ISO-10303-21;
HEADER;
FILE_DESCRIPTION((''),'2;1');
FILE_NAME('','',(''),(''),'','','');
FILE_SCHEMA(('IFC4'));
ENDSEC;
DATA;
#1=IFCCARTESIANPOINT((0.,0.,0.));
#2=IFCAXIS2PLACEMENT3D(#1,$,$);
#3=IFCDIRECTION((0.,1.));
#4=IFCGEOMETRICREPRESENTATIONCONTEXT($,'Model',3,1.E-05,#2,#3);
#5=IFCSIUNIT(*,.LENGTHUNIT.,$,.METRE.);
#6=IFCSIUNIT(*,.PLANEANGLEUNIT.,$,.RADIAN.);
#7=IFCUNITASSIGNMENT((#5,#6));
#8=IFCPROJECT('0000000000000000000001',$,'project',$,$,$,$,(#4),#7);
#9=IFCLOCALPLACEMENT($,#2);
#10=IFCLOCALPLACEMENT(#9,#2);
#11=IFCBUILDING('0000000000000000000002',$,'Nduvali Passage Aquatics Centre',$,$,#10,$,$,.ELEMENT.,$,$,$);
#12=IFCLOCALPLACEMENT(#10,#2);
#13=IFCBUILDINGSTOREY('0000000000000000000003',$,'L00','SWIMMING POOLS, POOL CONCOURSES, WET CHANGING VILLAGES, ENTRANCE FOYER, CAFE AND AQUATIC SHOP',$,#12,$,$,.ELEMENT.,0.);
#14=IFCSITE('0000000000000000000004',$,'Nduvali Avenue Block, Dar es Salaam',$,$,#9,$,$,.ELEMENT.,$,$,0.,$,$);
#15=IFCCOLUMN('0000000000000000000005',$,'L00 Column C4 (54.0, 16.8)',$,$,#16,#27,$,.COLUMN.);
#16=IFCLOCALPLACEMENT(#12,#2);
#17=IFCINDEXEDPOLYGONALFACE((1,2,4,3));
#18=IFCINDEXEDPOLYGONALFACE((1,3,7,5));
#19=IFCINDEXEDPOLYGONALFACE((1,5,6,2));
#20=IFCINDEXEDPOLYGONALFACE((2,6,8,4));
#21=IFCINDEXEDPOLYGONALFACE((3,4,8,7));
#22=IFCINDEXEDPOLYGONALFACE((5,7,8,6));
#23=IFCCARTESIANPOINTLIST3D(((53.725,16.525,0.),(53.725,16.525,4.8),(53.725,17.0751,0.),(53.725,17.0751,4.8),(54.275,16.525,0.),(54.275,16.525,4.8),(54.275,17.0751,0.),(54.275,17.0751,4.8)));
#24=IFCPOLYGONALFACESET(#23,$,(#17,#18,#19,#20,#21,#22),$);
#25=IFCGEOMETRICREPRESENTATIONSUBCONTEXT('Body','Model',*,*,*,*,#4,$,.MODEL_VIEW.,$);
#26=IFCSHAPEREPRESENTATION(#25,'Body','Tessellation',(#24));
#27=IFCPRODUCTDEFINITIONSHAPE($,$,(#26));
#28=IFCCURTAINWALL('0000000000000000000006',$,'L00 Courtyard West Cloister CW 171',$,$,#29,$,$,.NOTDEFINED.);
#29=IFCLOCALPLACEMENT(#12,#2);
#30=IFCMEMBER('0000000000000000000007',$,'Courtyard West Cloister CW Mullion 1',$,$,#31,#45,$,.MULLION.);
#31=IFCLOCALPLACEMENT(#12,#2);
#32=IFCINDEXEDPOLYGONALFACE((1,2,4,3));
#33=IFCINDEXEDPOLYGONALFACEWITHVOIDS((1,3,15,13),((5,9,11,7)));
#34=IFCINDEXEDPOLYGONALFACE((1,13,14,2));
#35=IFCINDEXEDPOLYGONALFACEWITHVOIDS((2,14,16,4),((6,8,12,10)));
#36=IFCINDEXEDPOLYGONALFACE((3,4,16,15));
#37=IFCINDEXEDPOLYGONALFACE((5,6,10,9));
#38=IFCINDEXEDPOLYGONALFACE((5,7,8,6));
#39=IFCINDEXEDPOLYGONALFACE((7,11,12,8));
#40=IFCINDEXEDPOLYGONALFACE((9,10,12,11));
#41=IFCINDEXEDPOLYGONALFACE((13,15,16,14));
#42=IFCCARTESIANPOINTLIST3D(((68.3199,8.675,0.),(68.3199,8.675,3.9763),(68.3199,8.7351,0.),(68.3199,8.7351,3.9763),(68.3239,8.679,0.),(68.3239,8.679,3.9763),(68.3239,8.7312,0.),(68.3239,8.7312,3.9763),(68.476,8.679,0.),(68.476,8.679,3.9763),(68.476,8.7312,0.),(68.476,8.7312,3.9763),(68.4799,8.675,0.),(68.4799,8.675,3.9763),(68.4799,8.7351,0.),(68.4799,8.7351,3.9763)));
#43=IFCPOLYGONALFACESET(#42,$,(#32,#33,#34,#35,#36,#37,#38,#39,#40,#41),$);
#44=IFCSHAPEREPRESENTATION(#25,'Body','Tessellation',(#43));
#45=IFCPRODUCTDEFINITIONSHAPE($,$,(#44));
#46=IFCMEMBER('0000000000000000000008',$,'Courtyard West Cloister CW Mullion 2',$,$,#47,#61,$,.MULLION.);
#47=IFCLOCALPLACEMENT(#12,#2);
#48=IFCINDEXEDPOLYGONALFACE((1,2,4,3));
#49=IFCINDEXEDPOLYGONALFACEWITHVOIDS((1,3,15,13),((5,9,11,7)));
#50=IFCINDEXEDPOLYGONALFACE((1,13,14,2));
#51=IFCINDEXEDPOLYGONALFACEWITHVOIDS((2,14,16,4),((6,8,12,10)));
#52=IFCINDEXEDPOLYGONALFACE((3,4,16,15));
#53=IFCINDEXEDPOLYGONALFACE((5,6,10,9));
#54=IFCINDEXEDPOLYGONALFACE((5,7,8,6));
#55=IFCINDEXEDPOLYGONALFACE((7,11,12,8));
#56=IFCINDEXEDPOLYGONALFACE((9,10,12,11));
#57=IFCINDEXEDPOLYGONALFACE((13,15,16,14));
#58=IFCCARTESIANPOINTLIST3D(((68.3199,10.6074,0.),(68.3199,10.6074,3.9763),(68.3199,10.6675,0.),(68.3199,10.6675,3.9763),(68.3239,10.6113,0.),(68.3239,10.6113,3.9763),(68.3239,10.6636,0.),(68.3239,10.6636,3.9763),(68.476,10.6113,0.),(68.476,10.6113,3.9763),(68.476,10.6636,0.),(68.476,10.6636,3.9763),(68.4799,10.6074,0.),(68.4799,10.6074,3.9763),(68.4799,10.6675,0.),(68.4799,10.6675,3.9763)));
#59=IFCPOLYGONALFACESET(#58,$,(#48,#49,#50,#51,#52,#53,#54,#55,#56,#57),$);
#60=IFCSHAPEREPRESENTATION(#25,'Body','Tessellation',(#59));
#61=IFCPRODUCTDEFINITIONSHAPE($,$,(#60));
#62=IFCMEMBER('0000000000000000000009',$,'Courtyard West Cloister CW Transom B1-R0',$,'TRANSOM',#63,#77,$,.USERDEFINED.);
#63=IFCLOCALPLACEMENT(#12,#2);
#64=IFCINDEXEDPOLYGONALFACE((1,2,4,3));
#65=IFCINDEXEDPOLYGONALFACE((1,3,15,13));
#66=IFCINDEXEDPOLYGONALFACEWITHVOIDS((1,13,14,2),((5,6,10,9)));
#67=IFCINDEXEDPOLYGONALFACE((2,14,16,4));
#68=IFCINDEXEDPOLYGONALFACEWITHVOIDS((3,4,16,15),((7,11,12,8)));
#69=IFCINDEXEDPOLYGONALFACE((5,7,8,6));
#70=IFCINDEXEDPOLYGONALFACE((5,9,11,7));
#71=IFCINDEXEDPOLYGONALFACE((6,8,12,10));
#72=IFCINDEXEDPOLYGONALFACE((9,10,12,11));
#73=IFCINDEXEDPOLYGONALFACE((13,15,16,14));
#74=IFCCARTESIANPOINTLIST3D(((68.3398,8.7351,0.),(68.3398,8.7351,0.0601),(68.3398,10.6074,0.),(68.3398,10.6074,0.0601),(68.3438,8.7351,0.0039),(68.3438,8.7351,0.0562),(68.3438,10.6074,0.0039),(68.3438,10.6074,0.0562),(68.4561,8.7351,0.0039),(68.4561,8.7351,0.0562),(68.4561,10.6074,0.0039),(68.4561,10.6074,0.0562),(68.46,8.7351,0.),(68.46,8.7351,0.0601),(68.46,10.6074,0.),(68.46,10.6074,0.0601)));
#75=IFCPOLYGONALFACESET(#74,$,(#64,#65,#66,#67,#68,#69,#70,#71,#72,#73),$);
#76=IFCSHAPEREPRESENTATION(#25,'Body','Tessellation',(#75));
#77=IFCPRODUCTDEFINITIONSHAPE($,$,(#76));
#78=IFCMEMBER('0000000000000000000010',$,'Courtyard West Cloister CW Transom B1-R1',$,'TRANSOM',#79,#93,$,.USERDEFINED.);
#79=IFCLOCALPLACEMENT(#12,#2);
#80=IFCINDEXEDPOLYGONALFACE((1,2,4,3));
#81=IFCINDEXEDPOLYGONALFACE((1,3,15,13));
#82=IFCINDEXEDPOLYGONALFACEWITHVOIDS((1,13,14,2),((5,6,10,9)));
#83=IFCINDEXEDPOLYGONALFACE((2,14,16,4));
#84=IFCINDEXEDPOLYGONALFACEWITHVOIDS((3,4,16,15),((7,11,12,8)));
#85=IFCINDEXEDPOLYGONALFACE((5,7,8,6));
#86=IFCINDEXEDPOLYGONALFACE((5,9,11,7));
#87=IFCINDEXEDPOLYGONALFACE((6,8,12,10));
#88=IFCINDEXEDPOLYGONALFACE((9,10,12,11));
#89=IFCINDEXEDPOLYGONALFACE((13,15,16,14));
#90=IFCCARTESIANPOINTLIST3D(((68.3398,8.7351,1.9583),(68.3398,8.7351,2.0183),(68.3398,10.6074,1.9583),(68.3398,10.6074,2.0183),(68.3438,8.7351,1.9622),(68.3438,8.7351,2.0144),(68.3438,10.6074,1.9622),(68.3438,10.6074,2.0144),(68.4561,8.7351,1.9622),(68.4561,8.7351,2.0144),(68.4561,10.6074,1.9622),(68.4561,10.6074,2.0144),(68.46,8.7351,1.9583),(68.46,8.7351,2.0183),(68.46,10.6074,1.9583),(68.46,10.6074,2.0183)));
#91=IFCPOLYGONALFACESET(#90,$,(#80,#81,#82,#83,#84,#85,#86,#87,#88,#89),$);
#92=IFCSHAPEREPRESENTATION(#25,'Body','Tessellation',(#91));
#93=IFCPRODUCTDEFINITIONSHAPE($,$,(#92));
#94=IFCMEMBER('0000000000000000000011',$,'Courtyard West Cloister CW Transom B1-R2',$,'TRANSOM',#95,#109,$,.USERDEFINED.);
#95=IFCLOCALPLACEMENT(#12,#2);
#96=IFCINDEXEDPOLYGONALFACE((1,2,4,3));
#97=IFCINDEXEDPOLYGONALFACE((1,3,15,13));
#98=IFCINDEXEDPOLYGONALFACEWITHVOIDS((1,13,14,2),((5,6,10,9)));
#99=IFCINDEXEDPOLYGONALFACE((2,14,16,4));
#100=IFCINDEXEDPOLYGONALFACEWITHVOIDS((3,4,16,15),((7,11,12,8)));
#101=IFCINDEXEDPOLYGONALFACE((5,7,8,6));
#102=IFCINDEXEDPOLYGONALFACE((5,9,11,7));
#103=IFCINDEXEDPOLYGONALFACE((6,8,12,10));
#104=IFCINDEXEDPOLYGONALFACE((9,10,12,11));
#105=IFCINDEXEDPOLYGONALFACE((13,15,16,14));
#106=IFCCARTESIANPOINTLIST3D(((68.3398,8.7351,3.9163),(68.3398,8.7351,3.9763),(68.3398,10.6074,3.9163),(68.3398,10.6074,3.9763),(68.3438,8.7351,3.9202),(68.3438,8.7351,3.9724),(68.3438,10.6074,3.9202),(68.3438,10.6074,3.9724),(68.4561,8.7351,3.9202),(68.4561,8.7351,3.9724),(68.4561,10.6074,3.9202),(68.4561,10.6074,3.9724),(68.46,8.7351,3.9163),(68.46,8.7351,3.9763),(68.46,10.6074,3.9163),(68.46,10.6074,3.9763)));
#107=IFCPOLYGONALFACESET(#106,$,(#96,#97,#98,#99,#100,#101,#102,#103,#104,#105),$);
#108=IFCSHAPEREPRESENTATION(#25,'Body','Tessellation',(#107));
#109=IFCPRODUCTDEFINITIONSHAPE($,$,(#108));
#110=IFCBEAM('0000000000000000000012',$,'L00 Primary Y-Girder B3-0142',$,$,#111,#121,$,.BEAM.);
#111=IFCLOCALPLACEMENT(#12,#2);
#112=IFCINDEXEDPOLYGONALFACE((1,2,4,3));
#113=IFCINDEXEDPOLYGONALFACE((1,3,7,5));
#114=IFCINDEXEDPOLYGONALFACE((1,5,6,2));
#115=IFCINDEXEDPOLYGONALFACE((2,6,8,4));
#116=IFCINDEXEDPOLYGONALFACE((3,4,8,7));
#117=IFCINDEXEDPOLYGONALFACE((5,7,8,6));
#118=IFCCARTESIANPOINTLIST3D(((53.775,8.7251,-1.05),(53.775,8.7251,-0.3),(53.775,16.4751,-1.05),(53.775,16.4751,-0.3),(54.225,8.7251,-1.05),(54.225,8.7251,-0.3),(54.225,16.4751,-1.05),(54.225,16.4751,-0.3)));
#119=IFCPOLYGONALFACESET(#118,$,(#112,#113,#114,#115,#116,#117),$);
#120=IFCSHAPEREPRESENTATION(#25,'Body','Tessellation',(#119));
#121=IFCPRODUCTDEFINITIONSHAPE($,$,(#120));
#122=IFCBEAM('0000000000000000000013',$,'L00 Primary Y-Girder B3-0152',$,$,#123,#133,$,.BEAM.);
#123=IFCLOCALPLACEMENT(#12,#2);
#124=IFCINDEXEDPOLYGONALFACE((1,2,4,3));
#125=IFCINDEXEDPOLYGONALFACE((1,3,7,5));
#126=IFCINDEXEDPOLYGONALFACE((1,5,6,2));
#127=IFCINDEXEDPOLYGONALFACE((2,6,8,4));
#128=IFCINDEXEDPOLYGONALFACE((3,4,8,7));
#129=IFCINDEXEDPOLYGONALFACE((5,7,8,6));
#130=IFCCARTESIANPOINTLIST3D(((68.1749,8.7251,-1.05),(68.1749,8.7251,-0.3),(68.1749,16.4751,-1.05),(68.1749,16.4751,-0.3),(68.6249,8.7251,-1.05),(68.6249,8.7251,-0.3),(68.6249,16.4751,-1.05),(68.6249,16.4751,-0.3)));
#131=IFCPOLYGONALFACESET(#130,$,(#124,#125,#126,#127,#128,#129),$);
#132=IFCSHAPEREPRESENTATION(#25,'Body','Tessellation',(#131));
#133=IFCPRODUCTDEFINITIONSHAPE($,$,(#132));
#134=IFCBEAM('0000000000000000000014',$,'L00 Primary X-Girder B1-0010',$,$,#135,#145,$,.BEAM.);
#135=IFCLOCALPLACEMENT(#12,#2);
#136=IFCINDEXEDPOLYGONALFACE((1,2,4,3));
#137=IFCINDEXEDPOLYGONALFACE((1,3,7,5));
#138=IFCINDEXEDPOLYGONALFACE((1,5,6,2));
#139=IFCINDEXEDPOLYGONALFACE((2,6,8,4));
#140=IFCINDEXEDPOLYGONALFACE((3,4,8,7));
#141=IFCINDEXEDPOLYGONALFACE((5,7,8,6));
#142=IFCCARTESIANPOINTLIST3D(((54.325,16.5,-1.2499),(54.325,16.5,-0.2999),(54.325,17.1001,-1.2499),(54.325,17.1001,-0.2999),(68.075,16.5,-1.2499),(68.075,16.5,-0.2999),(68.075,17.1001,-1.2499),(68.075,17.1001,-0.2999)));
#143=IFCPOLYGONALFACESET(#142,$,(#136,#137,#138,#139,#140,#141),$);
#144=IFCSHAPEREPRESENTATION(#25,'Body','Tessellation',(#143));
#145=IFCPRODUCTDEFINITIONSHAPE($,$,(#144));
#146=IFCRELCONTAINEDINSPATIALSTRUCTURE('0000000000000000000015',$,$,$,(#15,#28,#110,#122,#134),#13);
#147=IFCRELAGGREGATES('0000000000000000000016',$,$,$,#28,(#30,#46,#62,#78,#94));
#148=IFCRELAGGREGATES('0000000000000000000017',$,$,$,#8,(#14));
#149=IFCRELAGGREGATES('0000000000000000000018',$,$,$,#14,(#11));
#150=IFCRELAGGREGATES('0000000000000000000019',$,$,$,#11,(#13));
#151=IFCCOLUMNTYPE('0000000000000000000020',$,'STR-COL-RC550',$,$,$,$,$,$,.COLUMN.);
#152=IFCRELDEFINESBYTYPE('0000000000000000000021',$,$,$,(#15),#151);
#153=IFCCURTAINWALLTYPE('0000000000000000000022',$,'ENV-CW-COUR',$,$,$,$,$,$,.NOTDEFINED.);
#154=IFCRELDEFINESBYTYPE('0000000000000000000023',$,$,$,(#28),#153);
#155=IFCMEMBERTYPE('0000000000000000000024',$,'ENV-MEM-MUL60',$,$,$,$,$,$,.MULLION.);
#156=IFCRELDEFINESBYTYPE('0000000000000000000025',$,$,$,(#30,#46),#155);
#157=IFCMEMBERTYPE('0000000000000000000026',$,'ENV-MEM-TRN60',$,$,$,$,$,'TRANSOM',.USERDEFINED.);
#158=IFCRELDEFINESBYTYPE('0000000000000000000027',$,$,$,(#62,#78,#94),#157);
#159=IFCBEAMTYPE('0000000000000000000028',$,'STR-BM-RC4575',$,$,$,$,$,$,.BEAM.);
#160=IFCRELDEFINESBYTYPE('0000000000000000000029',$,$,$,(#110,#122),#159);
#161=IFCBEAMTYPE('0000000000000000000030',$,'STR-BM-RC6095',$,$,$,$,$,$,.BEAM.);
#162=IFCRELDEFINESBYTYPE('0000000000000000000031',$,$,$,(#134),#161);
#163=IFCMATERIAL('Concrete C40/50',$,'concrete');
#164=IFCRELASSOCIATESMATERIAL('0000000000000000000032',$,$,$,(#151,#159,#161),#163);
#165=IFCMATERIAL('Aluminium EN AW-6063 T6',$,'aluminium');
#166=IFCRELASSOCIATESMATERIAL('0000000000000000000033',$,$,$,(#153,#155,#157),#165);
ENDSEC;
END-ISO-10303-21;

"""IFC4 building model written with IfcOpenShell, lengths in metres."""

from ifc_helpers import new_model, si_unit, direction, frame, origin, origin_2d, place, context, subcontext, project, spatial, rectangle, hollow_rectangle, extrude, material, material_profile, profile_set, type_object, element, aggregate, save


model = new_model("IFC4")

# Units and contexts
model_context = context("Model", 3, precision=1e-05, world=origin(), true_north=direction((0.0, 1.0)))
body_context = subcontext(model_context, "Body", "Model", "MODEL_VIEW")
ifc_project = project(units=[si_unit("LENGTHUNIT", "METRE"), si_unit("PLANEANGLEUNIT", "RADIAN")], contexts=[model_context])

# Site, building, storey
site_placement = place(None, origin())
site = spatial("IfcSite", under=ifc_project, at=site_placement, Name="Nduvali Avenue Block, Dar es Salaam", CompositionType="ELEMENT", RefElevation=0.0)
building_placement = place(site_placement, origin())
building = spatial("IfcBuilding", under=site, at=building_placement, Name="Nduvali Passage Aquatics Centre", CompositionType="ELEMENT")
storey_placement = place(building_placement, origin())
storey = spatial("IfcBuildingStorey", under=building, at=storey_placement, Name="L00", Description="SWIMMING POOLS, POOL CONCOURSES, WET CHANGING VILLAGES, ENTRANCE FOYER, CAFE AND AQUATIC SHOP", CompositionType="ELEMENT", Elevation=0.0)

# Column
ifc_material_1 = material(Name="Concrete C40/50", Category="concrete")
ifc_material_profile_1 = material_profile(ifc_material_1, rectangle(XDim=0.55, YDim=0.55, at=origin_2d()), Name="RC 550x550")
ifc_profile_set_1 = profile_set([ifc_material_profile_1], Name="Concrete C40/50")
column_type = type_object("IfcColumnType", Name="STR-COL-RC550", PredefinedType="COLUMN", material=ifc_profile_set_1)
column_placement = place(storey_placement, frame((54.0, 16.8, 0.0), z_axis=(0.0, 0.0, 1.0), x_axis=(1.0, 0.0, 0.0)))
element("IfcColumn", 1, at=column_placement, inside=storey, type_object=column_type, Name="L00 Column C4 (54.0, 16.8)", PredefinedType="COLUMN", context=body_context, shape_type="SweptSolid", body=[
    extrude(rectangle(XDim=0.55, YDim=0.55, at=origin_2d()), origin(), (0.0, 0.0, 1.0), 4.8),
])

# Curtain wall, members
ifc_material_2 = material(Name="Aluminium EN AW-6063 T6", Category="aluminium")
curtain_wall_type = type_object("IfcCurtainWallType", Name="ENV-CW-COUR", PredefinedType="NOTDEFINED", material=ifc_material_2)
curtain_wall_placement = place(storey_placement, origin())
curtain_wall = element("IfcCurtainWall", 2, at=curtain_wall_placement, inside=storey, type_object=curtain_wall_type, Name="L00 Courtyard West Cloister CW 171", PredefinedType="NOTDEFINED")
ifc_material_profile_2 = material_profile(ifc_material_2, hollow_rectangle(XDim=0.0601, YDim=0.1599, WallThickness=0.0039, at=origin_2d()), Name="ALU MULLION 60x160x4")
ifc_profile_set_2 = profile_set([ifc_material_profile_2], Name="Aluminium EN AW-6063 T6")
member_type_1 = type_object("IfcMemberType", Name="ENV-MEM-MUL60", PredefinedType="MULLION", material=ifc_profile_set_2)
member_1_placement = place(storey_placement, frame((68.3999, 8.7051, 0.0), z_axis=(0.0, 0.0, 1.0), x_axis=(0.0, 1.0, 0.0)))
member_1 = element("IfcMember", 3, at=member_1_placement, type_object=member_type_1, Name="Courtyard West Cloister CW Mullion 1", PredefinedType="MULLION", context=body_context, shape_type="SweptSolid", body=[
    extrude(hollow_rectangle(XDim=0.0601, YDim=0.1599, WallThickness=0.0039, at=origin_2d()), origin(), (0.0, 0.0, 1.0), 3.9763),
])
member_2_placement = place(storey_placement, frame((68.3999, 10.6375, 0.0), z_axis=(0.0, 0.0, 1.0), x_axis=(0.0, 1.0, 0.0)))
member_2 = element("IfcMember", 4, at=member_2_placement, type_object=member_type_1, Name="Courtyard West Cloister CW Mullion 2", PredefinedType="MULLION", context=body_context, shape_type="SweptSolid", body=[
    extrude(hollow_rectangle(XDim=0.0601, YDim=0.1599, WallThickness=0.0039, at=origin_2d()), origin(), (0.0, 0.0, 1.0), 3.9763),
])
ifc_material_profile_3 = material_profile(ifc_material_2, hollow_rectangle(XDim=0.1201, YDim=0.0601, WallThickness=0.0039, at=origin_2d()), Name="ALU TRANSOM 120x60x4")
ifc_profile_set_3 = profile_set([ifc_material_profile_3], Name="Aluminium EN AW-6063 T6")
member_type_2 = type_object("IfcMemberType", Name="ENV-MEM-TRN60", ElementType="TRANSOM", PredefinedType="USERDEFINED", material=ifc_profile_set_3)
member_3_placement = place(storey_placement, frame((68.3999, 8.7351, 0.03), z_axis=(0.0, 1.0, 0.0), x_axis=(-1.0, 0.0, 0.0)))
member_3 = element("IfcMember", 5, at=member_3_placement, type_object=member_type_2, Name="Courtyard West Cloister CW Transom B1-R0", ObjectType="TRANSOM", PredefinedType="USERDEFINED", context=body_context, shape_type="SweptSolid", body=[
    extrude(hollow_rectangle(XDim=0.1201, YDim=0.0601, WallThickness=0.0039, at=origin_2d()), origin(), (0.0, 0.0, 1.0), 1.8723),
])
member_4_placement = place(storey_placement, frame((68.3999, 8.7351, 1.9883), z_axis=(0.0, 1.0, 0.0), x_axis=(-1.0, 0.0, 0.0)))
member_4 = element("IfcMember", 6, at=member_4_placement, type_object=member_type_2, Name="Courtyard West Cloister CW Transom B1-R1", ObjectType="TRANSOM", PredefinedType="USERDEFINED", context=body_context, shape_type="SweptSolid", body=[
    extrude(hollow_rectangle(XDim=0.1201, YDim=0.0601, WallThickness=0.0039, at=origin_2d()), origin(), (0.0, 0.0, 1.0), 1.8723),
])
member_5_placement = place(storey_placement, frame((68.3999, 8.7351, 3.9463), z_axis=(0.0, 1.0, 0.0), x_axis=(-1.0, 0.0, 0.0)))
member_5 = element("IfcMember", 7, at=member_5_placement, type_object=member_type_2, Name="Courtyard West Cloister CW Transom B1-R2", ObjectType="TRANSOM", PredefinedType="USERDEFINED", context=body_context, shape_type="SweptSolid", body=[
    extrude(hollow_rectangle(XDim=0.1201, YDim=0.0601, WallThickness=0.0039, at=origin_2d()), origin(), (0.0, 0.0, 1.0), 1.8723),
])

# Beams
ifc_material_profile_4 = material_profile(ifc_material_1, rectangle(XDim=0.45, YDim=0.75, at=origin_2d()), Name="RC 450x750")
ifc_profile_set_4 = profile_set([ifc_material_profile_4], Name="Concrete C40/50")
beam_type_1 = type_object("IfcBeamType", Name="STR-BM-RC4575", PredefinedType="BEAM", material=ifc_profile_set_4)
for number, where, z_axis, x_axis, name in (
    (8, (54.0, 8.7251, -0.675), (0.0, 1.0, 0.0), (-1.0, 0.0, 0.0), "L00 Primary Y-Girder B3-0142"),
    (9, (68.3999, 8.7251, -0.675), (0.0, 1.0, 0.0), (-1.0, 0.0, 0.0), "L00 Primary Y-Girder B3-0152"),
):
    element("IfcBeam", number, at=place(storey_placement, frame(where, z_axis=z_axis, x_axis=x_axis)), inside=storey, type_object=beam_type_1, Name=name, PredefinedType="BEAM", context=body_context, shape_type="SweptSolid", body=[
        extrude(rectangle(XDim=0.45, YDim=0.75, at=origin_2d()), origin(), (0.0, 0.0, 1.0), 7.75),
    ])
ifc_material_profile_5 = material_profile(ifc_material_1, rectangle(XDim=0.6001, YDim=0.95, at=origin_2d()), Name="RC 600x950")
ifc_profile_set_5 = profile_set([ifc_material_profile_5], Name="Concrete C40/50")
beam_type_2 = type_object("IfcBeamType", Name="STR-BM-RC6095", PredefinedType="BEAM", material=ifc_profile_set_5)
beam_1_placement = place(storey_placement, frame((54.325, 16.8, -0.7749), z_axis=(1.0, 0.0, 0.0), x_axis=(0.0, 1.0, 0.0)))
element("IfcBeam", 10, at=beam_1_placement, inside=storey, type_object=beam_type_2, Name="L00 Primary X-Girder B1-0010", PredefinedType="BEAM", context=body_context, shape_type="SweptSolid", body=[
    extrude(rectangle(XDim=0.6001, YDim=0.95, at=origin_2d()), origin(), (0.0, 0.0, 1.0), 13.75),
])

aggregate(curtain_wall, [member_1, member_2, member_3, member_4, member_5])

save(model, "model.ifc")
